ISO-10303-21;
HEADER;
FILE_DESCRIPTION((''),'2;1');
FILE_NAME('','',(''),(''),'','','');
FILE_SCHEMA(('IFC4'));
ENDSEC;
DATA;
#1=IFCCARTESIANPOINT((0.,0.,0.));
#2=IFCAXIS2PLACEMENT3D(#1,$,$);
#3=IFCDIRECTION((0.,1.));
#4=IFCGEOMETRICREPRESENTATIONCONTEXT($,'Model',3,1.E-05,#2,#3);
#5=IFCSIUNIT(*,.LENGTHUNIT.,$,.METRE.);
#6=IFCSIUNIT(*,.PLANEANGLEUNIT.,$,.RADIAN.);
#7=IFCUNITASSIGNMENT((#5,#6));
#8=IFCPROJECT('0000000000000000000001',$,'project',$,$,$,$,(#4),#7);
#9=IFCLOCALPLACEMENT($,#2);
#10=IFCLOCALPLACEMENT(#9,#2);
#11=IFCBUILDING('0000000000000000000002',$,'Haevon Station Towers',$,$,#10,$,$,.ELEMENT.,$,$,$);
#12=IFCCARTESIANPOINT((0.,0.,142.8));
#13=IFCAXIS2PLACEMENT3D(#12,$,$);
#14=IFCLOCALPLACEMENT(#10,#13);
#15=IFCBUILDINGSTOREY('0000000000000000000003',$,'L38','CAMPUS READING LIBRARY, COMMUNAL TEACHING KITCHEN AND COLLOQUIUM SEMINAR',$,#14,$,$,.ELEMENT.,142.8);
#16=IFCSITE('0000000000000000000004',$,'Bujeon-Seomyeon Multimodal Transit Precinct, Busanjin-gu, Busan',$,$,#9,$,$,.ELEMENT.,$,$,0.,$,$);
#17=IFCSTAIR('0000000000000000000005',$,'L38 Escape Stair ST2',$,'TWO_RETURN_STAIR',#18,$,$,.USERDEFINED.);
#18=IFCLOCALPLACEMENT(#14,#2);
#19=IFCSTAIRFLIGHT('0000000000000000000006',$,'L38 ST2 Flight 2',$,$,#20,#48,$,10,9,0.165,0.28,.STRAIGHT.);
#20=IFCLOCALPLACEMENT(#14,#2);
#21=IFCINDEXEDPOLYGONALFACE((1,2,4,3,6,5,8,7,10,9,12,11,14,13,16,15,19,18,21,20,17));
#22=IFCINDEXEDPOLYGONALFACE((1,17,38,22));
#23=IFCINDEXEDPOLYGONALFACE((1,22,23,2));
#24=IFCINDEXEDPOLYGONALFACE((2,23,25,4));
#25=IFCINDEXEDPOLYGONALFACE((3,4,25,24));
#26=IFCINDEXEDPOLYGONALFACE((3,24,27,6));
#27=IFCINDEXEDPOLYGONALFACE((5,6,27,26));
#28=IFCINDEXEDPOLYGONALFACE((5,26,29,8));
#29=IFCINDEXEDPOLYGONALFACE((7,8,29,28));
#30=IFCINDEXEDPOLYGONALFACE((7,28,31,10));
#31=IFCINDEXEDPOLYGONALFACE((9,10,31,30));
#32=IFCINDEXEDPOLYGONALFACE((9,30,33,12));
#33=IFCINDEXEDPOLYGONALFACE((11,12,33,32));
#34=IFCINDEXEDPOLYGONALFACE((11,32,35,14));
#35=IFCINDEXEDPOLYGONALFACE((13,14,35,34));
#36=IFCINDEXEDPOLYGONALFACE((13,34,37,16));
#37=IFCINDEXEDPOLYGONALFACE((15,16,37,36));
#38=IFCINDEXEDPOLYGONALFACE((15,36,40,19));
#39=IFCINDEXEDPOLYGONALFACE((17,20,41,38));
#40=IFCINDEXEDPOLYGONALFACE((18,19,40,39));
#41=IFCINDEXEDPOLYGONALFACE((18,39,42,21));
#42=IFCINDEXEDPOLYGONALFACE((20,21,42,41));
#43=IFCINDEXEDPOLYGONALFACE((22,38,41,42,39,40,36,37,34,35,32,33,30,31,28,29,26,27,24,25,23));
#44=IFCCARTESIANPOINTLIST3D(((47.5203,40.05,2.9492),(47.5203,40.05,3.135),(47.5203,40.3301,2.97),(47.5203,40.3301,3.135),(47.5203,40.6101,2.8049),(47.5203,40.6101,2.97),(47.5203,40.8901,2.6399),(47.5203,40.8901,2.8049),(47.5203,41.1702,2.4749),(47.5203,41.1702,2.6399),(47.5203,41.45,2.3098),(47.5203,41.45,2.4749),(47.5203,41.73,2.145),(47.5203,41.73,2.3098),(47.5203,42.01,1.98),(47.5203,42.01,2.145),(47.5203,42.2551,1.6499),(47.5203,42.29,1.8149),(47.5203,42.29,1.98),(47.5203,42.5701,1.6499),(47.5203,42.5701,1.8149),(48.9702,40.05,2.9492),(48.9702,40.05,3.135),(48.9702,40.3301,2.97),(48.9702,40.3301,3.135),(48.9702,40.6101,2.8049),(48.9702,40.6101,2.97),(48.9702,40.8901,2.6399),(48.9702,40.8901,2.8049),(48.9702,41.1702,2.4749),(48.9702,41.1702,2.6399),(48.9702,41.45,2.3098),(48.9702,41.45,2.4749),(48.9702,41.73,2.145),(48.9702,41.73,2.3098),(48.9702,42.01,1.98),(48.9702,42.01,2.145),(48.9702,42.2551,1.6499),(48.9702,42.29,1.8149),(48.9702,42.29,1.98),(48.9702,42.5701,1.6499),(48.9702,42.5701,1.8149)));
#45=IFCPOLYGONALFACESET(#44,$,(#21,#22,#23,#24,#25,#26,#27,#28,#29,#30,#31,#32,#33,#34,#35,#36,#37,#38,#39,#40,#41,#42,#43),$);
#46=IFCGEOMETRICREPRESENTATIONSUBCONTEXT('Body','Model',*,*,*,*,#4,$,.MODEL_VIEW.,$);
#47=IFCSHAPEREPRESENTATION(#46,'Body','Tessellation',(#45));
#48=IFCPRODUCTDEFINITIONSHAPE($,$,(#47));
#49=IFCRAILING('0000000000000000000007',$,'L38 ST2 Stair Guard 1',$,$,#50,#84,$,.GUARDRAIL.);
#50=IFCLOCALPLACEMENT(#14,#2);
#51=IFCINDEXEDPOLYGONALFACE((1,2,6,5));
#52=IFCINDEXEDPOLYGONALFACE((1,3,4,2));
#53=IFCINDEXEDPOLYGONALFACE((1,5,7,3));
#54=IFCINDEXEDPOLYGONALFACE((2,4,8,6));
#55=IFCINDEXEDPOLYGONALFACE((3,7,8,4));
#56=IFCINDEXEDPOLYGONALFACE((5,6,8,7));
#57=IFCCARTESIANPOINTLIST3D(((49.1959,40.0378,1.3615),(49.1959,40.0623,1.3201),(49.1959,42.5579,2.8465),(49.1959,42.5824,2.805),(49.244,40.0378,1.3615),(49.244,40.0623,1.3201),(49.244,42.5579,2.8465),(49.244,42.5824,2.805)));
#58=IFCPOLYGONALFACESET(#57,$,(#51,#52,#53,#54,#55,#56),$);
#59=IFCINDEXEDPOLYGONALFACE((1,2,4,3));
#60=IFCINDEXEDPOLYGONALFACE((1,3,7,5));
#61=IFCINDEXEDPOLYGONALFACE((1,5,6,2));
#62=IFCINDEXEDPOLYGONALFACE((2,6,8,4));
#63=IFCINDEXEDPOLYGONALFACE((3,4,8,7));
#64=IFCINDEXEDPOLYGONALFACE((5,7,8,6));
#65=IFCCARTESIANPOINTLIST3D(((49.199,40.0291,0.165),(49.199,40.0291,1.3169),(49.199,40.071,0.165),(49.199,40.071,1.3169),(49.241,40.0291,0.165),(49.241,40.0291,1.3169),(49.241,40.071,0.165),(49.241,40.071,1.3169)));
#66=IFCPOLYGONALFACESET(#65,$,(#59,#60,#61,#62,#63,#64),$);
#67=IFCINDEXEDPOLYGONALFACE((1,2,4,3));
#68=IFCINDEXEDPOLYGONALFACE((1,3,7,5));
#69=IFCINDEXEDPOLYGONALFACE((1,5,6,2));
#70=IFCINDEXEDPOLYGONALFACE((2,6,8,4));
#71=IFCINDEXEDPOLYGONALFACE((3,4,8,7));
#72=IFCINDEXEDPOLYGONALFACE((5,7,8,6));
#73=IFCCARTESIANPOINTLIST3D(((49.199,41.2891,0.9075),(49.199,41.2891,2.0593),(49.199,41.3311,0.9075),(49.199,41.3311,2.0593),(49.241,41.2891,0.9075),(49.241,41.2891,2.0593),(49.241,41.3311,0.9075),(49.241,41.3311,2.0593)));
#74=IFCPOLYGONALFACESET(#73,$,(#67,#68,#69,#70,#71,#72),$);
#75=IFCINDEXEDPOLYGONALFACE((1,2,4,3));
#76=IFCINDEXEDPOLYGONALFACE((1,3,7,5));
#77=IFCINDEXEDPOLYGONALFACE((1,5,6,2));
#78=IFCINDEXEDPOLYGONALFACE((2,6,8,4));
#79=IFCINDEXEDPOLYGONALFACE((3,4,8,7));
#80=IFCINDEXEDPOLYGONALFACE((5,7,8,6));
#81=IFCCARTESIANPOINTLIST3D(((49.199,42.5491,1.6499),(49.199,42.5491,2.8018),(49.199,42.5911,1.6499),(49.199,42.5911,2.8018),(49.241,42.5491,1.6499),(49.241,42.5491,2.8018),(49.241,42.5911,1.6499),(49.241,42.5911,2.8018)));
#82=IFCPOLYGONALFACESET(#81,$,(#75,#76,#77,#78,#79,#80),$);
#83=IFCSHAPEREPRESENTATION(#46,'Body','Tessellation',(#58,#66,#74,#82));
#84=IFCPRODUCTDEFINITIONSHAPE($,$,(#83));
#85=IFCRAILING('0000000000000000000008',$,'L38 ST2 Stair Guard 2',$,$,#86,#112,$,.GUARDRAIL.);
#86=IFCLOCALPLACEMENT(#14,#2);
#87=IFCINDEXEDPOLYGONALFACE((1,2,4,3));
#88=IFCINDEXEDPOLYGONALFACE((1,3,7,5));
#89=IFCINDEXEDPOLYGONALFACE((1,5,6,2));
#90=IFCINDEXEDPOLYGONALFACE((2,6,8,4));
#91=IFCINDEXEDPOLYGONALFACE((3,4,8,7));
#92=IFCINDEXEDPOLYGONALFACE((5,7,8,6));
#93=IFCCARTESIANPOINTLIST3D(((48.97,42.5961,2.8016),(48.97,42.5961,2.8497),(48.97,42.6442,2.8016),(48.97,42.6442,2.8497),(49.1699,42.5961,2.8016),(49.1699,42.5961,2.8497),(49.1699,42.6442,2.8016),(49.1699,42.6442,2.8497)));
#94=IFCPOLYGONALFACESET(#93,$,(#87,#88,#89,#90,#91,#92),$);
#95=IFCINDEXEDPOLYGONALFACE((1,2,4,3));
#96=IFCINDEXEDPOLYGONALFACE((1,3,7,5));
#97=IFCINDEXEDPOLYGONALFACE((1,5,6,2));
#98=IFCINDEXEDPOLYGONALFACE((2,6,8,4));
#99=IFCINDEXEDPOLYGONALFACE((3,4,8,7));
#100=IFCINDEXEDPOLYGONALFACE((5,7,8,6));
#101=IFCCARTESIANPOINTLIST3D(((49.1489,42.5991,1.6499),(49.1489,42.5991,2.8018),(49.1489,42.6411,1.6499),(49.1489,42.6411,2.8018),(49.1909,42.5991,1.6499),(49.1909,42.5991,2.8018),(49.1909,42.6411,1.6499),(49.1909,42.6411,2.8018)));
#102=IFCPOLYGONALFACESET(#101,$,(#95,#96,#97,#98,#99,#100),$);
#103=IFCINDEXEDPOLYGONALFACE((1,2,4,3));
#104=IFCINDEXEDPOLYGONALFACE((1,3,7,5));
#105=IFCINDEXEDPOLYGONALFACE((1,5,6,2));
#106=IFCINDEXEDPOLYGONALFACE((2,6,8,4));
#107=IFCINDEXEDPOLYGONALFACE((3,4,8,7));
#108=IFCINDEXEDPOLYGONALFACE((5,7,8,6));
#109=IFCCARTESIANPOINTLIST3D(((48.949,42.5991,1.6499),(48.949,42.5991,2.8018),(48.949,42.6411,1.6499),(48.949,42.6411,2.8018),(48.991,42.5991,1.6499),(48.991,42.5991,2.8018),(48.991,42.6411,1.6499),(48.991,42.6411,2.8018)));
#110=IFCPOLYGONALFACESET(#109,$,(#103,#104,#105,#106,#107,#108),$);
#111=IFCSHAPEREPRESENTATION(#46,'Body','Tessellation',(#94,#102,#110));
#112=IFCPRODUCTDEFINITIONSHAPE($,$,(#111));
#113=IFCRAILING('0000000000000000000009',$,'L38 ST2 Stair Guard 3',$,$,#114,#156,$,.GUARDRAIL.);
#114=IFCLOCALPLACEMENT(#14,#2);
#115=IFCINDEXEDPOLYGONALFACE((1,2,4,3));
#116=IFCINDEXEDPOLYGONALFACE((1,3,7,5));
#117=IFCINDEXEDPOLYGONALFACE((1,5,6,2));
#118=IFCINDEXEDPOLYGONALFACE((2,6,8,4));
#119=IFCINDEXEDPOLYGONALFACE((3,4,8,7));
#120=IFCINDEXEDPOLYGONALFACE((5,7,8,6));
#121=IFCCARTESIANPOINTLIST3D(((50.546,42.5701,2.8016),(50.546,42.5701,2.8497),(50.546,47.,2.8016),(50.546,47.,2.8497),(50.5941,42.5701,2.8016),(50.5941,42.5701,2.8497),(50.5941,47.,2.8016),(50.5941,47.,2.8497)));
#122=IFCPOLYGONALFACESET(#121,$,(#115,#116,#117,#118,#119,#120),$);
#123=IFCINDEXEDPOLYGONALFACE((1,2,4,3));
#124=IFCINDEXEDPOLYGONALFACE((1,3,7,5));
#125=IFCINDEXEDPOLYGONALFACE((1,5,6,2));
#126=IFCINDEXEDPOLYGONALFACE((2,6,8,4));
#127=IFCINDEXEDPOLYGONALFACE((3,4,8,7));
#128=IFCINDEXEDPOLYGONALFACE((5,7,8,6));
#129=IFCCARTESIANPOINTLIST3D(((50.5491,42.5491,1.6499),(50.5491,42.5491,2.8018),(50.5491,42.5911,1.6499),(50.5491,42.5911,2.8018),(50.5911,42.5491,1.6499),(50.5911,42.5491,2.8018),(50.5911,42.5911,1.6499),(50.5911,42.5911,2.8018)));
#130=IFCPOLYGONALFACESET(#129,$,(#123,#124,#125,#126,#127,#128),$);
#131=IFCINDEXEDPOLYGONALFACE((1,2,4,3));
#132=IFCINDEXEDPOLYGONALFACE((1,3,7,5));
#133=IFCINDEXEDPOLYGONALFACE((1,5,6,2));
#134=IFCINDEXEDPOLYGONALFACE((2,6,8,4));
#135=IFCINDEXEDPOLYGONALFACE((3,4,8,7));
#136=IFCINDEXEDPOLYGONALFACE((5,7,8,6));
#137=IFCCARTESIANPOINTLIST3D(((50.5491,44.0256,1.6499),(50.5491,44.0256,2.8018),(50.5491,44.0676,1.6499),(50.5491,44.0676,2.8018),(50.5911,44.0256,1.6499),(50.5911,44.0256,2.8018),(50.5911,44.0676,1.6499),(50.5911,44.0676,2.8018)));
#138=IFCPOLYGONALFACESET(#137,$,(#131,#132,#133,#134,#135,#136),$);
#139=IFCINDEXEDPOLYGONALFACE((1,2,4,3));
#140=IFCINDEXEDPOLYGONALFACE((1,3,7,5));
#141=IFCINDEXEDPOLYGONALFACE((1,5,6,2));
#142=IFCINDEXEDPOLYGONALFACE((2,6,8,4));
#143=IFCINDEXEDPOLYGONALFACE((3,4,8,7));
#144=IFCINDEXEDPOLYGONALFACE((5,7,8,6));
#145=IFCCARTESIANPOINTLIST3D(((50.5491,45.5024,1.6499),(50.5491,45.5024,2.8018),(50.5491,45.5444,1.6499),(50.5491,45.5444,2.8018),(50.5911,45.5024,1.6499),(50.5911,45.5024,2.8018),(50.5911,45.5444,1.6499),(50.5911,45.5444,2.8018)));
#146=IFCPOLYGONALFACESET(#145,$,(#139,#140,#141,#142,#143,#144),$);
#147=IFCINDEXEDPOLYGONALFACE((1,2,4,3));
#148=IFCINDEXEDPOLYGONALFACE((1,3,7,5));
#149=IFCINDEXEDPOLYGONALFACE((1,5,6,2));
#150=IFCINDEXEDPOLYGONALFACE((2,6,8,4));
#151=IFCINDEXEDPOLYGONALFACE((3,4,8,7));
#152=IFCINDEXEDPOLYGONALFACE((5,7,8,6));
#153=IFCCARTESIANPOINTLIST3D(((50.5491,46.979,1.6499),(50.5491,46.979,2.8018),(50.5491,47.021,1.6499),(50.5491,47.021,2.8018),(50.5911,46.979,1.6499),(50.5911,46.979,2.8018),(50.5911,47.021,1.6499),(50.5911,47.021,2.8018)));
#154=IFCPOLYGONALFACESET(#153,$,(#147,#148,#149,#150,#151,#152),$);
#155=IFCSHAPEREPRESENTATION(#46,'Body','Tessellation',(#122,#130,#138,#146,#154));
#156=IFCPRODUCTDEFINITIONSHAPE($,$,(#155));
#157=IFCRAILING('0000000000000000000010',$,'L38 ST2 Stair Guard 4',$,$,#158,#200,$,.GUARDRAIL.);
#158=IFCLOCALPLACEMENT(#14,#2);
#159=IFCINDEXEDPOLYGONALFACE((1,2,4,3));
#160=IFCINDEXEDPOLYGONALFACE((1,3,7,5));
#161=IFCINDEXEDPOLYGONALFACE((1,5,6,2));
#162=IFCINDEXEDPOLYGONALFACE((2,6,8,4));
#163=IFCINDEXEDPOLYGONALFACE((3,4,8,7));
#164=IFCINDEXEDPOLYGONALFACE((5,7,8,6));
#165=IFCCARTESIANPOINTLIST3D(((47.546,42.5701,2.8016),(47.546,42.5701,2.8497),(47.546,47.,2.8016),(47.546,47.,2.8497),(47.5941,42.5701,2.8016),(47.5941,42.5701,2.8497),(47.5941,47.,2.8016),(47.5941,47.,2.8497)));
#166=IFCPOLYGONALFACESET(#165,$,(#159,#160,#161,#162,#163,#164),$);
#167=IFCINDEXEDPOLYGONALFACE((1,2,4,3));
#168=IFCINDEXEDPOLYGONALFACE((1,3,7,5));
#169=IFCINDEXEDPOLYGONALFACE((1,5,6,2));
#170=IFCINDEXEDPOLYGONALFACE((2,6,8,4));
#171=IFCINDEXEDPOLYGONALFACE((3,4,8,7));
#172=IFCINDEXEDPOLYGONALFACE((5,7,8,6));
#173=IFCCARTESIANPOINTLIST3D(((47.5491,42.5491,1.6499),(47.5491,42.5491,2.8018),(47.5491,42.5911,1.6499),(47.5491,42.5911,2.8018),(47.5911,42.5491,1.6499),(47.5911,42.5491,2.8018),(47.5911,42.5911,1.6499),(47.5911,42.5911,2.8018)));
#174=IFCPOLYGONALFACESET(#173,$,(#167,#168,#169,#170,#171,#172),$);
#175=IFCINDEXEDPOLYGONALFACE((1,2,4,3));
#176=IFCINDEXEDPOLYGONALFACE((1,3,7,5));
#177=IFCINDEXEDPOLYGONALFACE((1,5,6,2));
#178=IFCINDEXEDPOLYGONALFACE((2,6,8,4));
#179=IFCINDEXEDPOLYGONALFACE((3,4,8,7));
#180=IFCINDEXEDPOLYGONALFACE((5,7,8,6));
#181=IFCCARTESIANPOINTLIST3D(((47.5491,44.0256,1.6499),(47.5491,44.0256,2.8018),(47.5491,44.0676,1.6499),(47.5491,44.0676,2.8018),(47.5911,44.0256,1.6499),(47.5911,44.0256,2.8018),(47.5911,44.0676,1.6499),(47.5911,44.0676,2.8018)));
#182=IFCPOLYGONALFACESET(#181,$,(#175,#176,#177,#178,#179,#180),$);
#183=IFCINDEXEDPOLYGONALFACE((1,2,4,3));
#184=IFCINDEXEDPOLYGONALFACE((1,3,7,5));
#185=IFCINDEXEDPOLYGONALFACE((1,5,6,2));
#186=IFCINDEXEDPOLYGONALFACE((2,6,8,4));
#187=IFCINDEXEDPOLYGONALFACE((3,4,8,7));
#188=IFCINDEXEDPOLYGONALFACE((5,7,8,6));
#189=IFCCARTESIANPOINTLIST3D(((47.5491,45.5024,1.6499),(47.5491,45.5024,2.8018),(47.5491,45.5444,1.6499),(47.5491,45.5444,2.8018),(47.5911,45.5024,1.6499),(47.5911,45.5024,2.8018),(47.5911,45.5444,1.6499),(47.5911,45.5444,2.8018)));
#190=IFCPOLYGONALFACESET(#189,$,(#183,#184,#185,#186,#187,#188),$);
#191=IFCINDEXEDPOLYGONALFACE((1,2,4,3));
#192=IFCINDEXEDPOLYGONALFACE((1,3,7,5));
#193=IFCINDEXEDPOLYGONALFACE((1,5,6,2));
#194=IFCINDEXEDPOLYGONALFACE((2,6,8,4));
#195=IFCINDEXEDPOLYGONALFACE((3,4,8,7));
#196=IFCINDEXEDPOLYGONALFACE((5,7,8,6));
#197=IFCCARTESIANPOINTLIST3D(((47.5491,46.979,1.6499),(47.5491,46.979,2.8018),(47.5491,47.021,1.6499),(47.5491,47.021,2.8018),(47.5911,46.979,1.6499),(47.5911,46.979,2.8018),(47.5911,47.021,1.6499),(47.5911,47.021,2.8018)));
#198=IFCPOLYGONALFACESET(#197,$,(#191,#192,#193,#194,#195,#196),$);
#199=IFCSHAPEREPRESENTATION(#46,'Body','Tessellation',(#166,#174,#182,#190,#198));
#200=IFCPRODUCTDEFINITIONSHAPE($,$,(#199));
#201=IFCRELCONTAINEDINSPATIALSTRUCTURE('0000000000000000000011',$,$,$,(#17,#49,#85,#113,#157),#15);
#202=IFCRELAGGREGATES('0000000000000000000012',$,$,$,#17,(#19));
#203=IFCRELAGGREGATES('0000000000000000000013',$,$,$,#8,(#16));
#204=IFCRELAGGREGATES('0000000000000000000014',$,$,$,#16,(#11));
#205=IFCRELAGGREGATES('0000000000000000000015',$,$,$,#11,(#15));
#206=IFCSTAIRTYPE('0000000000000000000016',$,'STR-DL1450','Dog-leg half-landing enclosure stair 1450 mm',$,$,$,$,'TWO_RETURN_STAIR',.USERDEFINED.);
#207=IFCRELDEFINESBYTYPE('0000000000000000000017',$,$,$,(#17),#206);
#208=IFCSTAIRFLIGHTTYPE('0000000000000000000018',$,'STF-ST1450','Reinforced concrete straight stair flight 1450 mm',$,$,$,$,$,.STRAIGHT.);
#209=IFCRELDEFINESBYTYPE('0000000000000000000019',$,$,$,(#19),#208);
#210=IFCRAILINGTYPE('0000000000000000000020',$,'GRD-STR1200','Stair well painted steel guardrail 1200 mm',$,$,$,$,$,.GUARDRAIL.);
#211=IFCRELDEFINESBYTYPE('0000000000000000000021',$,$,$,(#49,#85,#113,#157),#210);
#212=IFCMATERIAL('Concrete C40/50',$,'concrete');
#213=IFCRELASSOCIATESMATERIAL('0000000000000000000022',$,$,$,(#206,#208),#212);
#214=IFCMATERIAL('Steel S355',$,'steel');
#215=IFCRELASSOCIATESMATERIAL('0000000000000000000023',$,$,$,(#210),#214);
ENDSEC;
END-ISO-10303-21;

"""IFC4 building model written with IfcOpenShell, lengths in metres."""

from ifc_helpers import new_model, si_unit, direction, frame, origin, origin_2d, place, context, subcontext, project, spatial, polyline, rectangle, outline, extrude, material, type_object, element, aggregate, save


model = new_model("IFC4")

# Units and contexts
model_context = context("Model", 3, precision=1e-05, world=origin(), true_north=direction((0.0, 1.0)))
body_context = subcontext(model_context, "Body", "Model", "MODEL_VIEW")
ifc_project = project(units=[si_unit("LENGTHUNIT", "METRE"), si_unit("PLANEANGLEUNIT", "RADIAN")], contexts=[model_context])

# Site, building, storey
site_placement = place(None, origin())
site = spatial("IfcSite", under=ifc_project, at=site_placement, Name="Bujeon-Seomyeon Multimodal Transit Precinct, Busanjin-gu, Busan", CompositionType="ELEMENT", RefElevation=0.0)
building_placement = place(site_placement, origin())
building = spatial("IfcBuilding", under=site, at=building_placement, Name="Haevon Station Towers", CompositionType="ELEMENT")
storey_placement = place(building_placement, frame((0.0, 0.0, 142.8)))
storey = spatial("IfcBuildingStorey", under=building, at=storey_placement, Name="L38", Description="CAMPUS READING LIBRARY, COMMUNAL TEACHING KITCHEN AND COLLOQUIUM SEMINAR", CompositionType="ELEMENT", Elevation=142.8)

# Shared definitions
ifc_material_1 = material(Name="Steel S355", Category="steel")

# Shared definitions
ifc_material_2 = material(Name="Concrete C40/50", Category="concrete")

# Stair, stair flight
stair_type = type_object("IfcStairType", Name="STR-DL1450", Description="Dog-leg half-landing enclosure stair 1450 mm", ElementType="TWO_RETURN_STAIR", PredefinedType="USERDEFINED", material=ifc_material_2)
stair_placement = place(storey_placement, origin())
stair = element("IfcStair", 1, at=stair_placement, inside=storey, type_object=stair_type, Name="L38 Escape Stair ST2", ObjectType="TWO_RETURN_STAIR", PredefinedType="USERDEFINED")
stair_flight_type = type_object("IfcStairFlightType", Name="STF-ST1450", Description="Reinforced concrete straight stair flight 1450 mm", PredefinedType="STRAIGHT", material=ifc_material_2)
stair_flight_1_placement = place(storey_placement, frame((48.2451, 42.5701, 1.6499), z_axis=(0.0, 0.0, 1.0), x_axis=(0.0, -1.0, 0.0)))
stair_flight_1 = element("IfcStairFlight", 2, at=stair_flight_1_placement, type_object=stair_flight_type, Name="L38 ST2 Flight 2", NumberOfRisers=10, NumberOfTreads=9, PredefinedType="STRAIGHT", RiserHeight=0.165, TreadLength=0.28, context=body_context, shape_type="SweptSolid", body=[
    extrude(outline(polyline([(0.0, 0.0), (0.0, 0.165), (0.28, 0.165), (0.28, 0.3301), (0.5601, 0.3301), (0.5601, 0.4951), (0.8401, 0.4951), (0.8401, 0.6599), (1.1201, 0.6599), (1.1201, 0.825), (1.3999, 0.825), (1.3999, 0.99), (1.6799, 0.99), (1.6799, 1.155), (1.96, 1.155), (1.96, 1.3201), (2.24, 1.3201), (2.24, 1.4851), (2.52, 1.4851), (2.52, 1.6499), (2.52, 1.2993), (0.3149, 0.0), (0.0, 0.0)])), frame((0.0, 0.7251, 0.0), z_axis=(0.0, -1.0, 0.0), x_axis=(1.0, 0.0, 0.0)), (0.0, 0.0, 1.0), 1.45),
])
aggregate(stair, [stair_flight_1])

# Railings
railing_type_1 = type_object("IfcRailingType", Name="GRD-STR1200", Description="Stair well painted steel guardrail 1200 mm", PredefinedType="GUARDRAIL", material=ifc_material_1)
railing_1_placement = place(storey_placement, frame((49.22, 40.05, 0.165)))
element("IfcRailing", 3, at=railing_1_placement, inside=storey, type_object=railing_type_1, Name="L38 ST2 Stair Guard 1", PredefinedType="GUARDRAIL", context=body_context, shape_type="SweptSolid", body=[
    extrude(rectangle(XDim=0.0481, YDim=0.0481, at=origin_2d()), frame((0.0, 0.0, 1.1758), z_axis=(0.0, 0.861561, 0.507655), x_axis=(-1.0, 0.0, 0.0)), (0.0, 0.0, 1.0), 2.925),
    extrude(rectangle(XDim=0.042, YDim=0.042, at=origin_2d()), origin(), (0.0, 0.0, 1.0), 1.1519),
    extrude(rectangle(XDim=0.042, YDim=0.042, at=origin_2d()), frame((0.0, 1.26, 0.7424)), (0.0, 0.0, 1.0), 1.1519),
    extrude(rectangle(XDim=0.042, YDim=0.042, at=origin_2d()), frame((0.0, 2.52, 1.4849)), (0.0, 0.0, 1.0), 1.1519),
])
railing_2_placement = place(storey_placement, frame((49.1699, 42.6201, 1.6499)))
element("IfcRailing", 4, at=railing_2_placement, inside=storey, type_object=railing_type_1, Name="L38 ST2 Stair Guard 2", PredefinedType="GUARDRAIL", context=body_context, shape_type="SweptSolid", body=[
    extrude(rectangle(XDim=0.0481, YDim=0.0481, at=origin_2d()), frame((0.0, 0.0, 1.1758), z_axis=(-1.0, 0.0, 0.0), x_axis=(0.0, -1.0, 0.0)), (0.0, 0.0, 1.0), 0.2),
    extrude(rectangle(XDim=0.042, YDim=0.042, at=origin_2d()), origin(), (0.0, 0.0, 1.0), 1.1519),
    extrude(rectangle(XDim=0.042, YDim=0.042, at=origin_2d()), frame((-0.2, 0.0, 0.0)), (0.0, 0.0, 1.0), 1.1519),
])
for number, where, name in (
    (5, (50.5701, 42.5701, 1.6499), "L38 ST2 Stair Guard 3"),
    (6, (47.5701, 42.5701, 1.6499), "L38 ST2 Stair Guard 4"),
):
    element("IfcRailing", number, at=place(storey_placement, frame(where)), inside=storey, type_object=railing_type_1, Name=name, PredefinedType="GUARDRAIL", context=body_context, shape_type="SweptSolid", body=[
        extrude(rectangle(XDim=0.0481, YDim=0.0481, at=origin_2d()), frame((0.0, 0.0, 1.1758), z_axis=(0.0, 1.0, 0.0), x_axis=(-1.0, 0.0, 0.0)), (0.0, 0.0, 1.0), 4.4299),
        extrude(rectangle(XDim=0.042, YDim=0.042, at=origin_2d()), origin(), (0.0, 0.0, 1.0), 1.1519),
        extrude(rectangle(XDim=0.042, YDim=0.042, at=origin_2d()), frame((0.0, 1.4766, 0.0)), (0.0, 0.0, 1.0), 1.1519),
        extrude(rectangle(XDim=0.042, YDim=0.042, at=origin_2d()), frame((0.0, 2.9534, 0.0)), (0.0, 0.0, 1.0), 1.1519),
        extrude(rectangle(XDim=0.042, YDim=0.042, at=origin_2d()), frame((0.0, 4.4299, 0.0)), (0.0, 0.0, 1.0), 1.1519),
    ])

save(model, "model.ifc")
